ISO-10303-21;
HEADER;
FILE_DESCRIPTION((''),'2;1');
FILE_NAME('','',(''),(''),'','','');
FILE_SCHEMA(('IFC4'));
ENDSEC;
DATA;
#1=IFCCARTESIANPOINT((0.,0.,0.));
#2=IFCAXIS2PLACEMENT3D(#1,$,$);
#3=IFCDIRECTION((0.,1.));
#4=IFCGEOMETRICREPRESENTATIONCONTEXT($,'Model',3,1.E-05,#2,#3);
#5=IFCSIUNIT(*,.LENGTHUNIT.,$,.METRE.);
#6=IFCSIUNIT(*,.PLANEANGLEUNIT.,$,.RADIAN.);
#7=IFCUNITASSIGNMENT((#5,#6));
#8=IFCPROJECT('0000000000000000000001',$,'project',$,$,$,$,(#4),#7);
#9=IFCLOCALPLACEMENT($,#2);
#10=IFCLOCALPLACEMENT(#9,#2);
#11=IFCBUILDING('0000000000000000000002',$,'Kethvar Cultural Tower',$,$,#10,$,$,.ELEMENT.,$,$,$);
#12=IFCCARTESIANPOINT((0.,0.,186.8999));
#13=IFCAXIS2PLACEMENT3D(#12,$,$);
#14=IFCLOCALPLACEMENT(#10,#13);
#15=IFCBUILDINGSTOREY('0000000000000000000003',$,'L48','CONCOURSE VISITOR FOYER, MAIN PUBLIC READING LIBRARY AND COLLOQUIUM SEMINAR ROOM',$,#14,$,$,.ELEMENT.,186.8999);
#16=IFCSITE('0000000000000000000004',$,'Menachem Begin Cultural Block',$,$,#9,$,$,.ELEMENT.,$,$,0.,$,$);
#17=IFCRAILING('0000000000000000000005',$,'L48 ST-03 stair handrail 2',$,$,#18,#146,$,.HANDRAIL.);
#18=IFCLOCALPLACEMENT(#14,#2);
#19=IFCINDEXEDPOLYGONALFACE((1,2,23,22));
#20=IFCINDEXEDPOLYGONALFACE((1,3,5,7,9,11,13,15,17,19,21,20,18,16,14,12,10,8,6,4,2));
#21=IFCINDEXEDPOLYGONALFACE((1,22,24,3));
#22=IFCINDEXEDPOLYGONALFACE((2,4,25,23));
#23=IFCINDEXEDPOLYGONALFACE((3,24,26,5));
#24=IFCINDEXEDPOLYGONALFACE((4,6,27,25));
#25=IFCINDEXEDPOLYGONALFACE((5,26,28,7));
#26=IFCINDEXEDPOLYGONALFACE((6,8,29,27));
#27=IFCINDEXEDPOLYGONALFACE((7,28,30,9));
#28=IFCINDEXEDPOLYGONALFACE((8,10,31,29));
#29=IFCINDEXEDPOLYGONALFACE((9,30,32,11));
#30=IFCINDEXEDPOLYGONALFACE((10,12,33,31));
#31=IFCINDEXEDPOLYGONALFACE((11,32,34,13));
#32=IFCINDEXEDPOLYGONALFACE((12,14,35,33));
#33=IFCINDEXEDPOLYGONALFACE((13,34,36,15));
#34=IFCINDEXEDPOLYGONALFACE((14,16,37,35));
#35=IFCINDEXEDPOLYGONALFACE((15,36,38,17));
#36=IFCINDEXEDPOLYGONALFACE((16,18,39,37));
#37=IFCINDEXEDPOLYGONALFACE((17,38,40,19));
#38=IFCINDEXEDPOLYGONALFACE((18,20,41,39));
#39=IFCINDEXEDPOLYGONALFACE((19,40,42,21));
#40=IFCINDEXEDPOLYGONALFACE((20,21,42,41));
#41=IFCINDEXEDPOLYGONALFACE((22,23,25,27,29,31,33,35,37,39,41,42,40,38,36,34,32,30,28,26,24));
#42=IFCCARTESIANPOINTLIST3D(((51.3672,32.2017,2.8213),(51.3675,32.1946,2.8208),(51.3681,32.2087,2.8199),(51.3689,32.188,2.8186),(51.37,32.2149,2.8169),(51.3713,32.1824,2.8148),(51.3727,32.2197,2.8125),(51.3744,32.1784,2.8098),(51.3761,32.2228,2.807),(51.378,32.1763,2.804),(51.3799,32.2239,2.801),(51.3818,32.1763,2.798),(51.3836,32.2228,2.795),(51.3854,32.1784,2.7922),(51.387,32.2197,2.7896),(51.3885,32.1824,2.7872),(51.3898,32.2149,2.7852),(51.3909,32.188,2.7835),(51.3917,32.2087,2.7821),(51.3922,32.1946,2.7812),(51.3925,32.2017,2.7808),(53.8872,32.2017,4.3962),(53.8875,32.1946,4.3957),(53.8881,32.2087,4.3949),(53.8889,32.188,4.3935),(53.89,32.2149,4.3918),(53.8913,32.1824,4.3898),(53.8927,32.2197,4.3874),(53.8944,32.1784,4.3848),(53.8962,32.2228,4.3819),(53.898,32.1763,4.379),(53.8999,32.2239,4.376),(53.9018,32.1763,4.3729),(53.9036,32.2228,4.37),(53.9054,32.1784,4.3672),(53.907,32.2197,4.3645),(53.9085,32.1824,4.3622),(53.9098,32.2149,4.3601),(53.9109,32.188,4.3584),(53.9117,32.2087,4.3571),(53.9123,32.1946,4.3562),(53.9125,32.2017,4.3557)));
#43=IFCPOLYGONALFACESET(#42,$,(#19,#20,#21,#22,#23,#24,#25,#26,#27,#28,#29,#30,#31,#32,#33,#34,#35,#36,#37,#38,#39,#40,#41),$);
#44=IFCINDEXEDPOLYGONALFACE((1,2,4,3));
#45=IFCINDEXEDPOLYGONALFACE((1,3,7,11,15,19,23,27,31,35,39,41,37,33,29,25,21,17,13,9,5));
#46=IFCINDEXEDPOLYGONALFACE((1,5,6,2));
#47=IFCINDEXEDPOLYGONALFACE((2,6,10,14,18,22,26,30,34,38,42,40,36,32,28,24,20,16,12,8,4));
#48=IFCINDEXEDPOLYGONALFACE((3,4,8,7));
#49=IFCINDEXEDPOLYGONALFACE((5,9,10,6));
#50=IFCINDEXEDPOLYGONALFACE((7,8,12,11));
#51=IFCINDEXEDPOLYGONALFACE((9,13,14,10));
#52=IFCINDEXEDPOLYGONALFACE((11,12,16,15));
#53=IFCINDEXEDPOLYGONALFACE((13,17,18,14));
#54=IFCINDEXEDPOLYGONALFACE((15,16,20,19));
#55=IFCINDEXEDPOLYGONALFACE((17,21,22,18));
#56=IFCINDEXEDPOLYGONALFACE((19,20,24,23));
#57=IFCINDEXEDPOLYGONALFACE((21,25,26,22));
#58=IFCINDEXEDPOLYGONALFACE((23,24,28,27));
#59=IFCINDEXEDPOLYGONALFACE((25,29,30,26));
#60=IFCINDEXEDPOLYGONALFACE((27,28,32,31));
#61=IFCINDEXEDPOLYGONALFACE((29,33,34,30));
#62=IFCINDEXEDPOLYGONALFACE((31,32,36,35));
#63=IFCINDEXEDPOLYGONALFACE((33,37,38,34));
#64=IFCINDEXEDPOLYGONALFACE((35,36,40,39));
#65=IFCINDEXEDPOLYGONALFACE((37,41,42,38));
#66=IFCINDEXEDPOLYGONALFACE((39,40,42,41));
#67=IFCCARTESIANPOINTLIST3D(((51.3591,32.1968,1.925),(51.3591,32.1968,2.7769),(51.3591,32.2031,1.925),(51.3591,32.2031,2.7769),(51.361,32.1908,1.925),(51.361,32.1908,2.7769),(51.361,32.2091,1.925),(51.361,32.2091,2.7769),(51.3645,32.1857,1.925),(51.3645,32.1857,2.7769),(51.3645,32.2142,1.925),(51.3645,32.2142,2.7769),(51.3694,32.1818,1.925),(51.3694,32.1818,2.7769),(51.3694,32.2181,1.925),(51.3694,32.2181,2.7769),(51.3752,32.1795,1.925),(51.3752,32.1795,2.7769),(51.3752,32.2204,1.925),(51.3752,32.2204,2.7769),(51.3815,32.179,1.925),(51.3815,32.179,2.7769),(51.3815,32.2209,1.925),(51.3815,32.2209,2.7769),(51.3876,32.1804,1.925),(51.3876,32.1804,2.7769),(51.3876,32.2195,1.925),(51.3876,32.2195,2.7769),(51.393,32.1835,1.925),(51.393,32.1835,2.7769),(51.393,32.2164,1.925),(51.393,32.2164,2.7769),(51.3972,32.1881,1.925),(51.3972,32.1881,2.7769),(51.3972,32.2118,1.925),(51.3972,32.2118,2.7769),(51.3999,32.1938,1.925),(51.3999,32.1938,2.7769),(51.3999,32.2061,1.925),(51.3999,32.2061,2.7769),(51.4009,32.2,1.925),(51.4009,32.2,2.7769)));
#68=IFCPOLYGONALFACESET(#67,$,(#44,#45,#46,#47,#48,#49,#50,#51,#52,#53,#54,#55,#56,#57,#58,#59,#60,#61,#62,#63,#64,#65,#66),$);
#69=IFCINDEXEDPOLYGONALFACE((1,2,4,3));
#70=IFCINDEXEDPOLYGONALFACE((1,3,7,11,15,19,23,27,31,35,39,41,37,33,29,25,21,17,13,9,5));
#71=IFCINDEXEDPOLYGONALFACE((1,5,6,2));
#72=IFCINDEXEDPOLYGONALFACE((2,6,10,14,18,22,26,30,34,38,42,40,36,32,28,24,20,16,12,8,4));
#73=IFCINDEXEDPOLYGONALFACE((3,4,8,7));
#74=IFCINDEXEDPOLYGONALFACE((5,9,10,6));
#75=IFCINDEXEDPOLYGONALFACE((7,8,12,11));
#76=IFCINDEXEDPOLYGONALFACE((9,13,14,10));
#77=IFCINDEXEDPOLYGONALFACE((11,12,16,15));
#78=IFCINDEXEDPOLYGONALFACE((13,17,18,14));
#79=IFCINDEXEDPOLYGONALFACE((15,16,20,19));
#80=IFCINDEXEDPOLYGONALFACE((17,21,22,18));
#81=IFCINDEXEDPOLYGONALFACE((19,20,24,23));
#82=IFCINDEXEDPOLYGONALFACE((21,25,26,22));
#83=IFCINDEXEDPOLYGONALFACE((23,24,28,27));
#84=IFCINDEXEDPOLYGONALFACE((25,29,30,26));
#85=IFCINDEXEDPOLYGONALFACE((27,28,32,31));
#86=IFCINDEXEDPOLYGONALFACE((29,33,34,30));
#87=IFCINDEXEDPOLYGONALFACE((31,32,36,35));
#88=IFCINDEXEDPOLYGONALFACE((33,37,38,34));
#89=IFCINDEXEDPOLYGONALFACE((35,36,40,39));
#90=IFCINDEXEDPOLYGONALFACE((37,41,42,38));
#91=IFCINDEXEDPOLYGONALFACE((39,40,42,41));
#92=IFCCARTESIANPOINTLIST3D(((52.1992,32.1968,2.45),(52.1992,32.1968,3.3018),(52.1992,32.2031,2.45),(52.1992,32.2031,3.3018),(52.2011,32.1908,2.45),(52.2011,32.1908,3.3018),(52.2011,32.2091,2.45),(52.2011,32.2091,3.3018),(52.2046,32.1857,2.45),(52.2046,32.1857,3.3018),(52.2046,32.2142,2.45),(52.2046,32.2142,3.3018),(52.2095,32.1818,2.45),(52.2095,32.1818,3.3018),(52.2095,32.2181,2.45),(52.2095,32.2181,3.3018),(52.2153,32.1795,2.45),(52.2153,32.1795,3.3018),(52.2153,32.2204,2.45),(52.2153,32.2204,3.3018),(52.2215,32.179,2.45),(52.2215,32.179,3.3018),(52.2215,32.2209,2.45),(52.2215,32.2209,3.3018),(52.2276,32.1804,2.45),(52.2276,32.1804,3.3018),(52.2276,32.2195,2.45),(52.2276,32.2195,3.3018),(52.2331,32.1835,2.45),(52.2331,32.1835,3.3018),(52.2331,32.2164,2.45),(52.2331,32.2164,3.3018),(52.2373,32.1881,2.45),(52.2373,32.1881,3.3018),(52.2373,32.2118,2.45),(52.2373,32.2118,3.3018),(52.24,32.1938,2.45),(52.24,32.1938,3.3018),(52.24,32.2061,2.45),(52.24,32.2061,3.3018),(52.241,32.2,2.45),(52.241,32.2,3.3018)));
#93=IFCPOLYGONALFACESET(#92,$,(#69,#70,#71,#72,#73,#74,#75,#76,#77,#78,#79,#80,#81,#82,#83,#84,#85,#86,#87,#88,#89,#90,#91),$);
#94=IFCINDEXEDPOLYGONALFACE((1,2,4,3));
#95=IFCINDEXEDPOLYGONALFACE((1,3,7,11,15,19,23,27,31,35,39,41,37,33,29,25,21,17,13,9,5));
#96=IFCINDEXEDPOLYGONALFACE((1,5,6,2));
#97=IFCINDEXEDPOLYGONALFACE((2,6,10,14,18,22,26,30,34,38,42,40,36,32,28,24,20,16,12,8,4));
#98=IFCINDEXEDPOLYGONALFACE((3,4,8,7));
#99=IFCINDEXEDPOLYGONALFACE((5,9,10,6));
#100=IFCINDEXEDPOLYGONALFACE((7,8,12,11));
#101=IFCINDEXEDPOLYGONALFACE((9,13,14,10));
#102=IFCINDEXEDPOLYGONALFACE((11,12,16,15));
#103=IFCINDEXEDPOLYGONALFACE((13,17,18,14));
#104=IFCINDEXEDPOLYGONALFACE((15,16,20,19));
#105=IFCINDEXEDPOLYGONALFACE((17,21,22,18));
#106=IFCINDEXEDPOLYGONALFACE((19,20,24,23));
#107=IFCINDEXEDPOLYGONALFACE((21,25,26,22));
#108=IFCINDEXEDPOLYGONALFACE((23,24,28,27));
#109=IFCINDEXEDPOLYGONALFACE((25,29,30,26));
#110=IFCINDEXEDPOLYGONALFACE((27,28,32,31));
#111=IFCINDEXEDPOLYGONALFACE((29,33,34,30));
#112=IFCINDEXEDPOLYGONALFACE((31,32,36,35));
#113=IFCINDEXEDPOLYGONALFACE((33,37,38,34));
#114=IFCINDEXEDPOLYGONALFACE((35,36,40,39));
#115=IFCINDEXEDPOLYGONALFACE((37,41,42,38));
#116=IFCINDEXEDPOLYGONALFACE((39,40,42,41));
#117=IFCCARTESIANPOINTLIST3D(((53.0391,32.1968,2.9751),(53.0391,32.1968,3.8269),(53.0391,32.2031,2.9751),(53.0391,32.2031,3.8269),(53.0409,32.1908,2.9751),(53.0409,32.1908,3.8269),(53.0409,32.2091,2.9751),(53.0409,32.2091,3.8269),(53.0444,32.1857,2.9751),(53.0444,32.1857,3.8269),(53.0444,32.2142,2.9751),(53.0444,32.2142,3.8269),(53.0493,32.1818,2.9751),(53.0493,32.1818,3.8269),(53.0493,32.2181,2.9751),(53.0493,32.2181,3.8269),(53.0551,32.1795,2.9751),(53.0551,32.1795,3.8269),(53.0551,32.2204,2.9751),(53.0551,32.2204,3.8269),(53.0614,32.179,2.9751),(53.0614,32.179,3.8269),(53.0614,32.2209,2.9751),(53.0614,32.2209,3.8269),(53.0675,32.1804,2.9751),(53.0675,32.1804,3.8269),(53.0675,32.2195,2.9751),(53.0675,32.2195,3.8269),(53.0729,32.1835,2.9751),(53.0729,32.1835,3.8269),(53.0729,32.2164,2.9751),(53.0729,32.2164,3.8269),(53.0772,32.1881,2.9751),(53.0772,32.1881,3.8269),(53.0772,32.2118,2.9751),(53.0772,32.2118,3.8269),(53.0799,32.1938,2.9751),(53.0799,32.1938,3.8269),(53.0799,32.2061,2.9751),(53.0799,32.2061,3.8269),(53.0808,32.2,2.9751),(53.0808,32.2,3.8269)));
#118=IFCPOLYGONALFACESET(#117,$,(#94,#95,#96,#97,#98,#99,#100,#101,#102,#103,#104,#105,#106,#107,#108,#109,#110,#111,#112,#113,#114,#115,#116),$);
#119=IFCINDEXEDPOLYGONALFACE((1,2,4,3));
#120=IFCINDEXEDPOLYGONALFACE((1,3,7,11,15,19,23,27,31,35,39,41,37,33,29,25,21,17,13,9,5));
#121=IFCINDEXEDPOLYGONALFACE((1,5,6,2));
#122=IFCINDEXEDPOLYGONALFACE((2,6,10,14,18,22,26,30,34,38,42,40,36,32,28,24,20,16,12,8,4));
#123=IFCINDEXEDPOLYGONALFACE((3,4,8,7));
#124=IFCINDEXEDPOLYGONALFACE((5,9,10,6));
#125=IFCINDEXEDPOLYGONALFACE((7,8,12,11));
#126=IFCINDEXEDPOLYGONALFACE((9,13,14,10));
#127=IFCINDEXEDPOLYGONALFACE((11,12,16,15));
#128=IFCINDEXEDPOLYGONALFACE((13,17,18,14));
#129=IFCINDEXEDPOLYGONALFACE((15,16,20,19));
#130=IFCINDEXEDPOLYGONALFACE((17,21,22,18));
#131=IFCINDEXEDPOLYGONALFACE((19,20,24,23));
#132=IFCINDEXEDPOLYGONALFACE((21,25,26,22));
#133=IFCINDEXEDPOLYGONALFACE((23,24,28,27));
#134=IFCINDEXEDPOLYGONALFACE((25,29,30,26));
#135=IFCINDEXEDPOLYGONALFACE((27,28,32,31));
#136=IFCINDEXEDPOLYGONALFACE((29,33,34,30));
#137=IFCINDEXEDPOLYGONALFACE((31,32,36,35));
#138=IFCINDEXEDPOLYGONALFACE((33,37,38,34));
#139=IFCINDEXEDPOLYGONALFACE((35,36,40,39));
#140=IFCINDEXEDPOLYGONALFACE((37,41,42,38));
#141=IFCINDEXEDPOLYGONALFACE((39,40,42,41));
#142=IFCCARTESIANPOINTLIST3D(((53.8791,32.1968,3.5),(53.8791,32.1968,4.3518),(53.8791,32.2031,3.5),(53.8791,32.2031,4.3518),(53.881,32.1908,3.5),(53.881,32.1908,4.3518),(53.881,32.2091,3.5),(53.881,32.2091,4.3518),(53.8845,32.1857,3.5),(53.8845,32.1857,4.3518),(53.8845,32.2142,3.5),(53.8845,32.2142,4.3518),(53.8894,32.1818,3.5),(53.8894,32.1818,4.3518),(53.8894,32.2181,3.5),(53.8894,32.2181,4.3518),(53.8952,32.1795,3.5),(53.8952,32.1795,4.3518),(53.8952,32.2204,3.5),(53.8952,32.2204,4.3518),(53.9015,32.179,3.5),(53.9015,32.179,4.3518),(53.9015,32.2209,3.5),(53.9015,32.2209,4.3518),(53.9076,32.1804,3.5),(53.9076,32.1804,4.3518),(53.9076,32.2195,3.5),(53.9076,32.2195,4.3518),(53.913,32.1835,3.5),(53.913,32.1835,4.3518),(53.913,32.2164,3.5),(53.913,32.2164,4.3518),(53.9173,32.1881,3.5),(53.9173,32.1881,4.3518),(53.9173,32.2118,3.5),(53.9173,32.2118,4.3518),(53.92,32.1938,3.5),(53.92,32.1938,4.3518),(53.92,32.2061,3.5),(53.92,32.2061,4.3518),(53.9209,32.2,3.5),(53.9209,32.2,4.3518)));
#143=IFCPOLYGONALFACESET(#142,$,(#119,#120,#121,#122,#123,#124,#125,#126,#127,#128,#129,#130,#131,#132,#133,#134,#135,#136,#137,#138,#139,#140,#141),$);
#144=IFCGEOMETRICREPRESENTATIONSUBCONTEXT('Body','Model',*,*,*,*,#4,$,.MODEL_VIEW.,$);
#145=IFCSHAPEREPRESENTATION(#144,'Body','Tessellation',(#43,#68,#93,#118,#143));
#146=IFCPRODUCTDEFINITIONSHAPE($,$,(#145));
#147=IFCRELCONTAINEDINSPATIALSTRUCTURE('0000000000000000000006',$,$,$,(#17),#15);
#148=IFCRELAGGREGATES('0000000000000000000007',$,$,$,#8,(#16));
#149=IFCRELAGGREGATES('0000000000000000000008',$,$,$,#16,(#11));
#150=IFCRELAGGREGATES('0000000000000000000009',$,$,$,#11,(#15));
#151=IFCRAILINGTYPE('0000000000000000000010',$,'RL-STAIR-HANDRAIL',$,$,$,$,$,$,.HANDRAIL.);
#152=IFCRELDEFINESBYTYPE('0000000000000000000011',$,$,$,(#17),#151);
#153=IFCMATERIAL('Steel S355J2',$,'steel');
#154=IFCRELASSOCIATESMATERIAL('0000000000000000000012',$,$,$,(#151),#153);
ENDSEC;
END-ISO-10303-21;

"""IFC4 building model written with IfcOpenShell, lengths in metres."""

from ifc_helpers import new_model, si_unit, direction, frame, origin, origin_2d, place, context, subcontext, project, spatial, circle, extrude, material, type_object, element, save


model = new_model("IFC4")

# Units and contexts
model_context = context("Model", 3, precision=1e-05, world=origin(), true_north=direction((0.0, 1.0)))
body_context = subcontext(model_context, "Body", "Model", "MODEL_VIEW")
ifc_project = project(units=[si_unit("LENGTHUNIT", "METRE"), si_unit("PLANEANGLEUNIT", "RADIAN")], contexts=[model_context])

# Site, building, storey
site_placement = place(None, origin())
site = spatial("IfcSite", under=ifc_project, at=site_placement, Name="Menachem Begin Cultural Block", CompositionType="ELEMENT", RefElevation=0.0)
building_placement = place(site_placement, origin())
building = spatial("IfcBuilding", under=site, at=building_placement, Name="Kethvar Cultural Tower", CompositionType="ELEMENT")
storey_placement = place(building_placement, frame((0.0, 0.0, 186.8999)))
storey = spatial("IfcBuildingStorey", under=building, at=storey_placement, Name="L48", Description="CONCOURSE VISITOR FOYER, MAIN PUBLIC READING LIBRARY AND COLLOQUIUM SEMINAR ROOM", CompositionType="ELEMENT", Elevation=186.8999)

# Shared definitions
ifc_material_1 = material(Name="Steel S355J2", Category="steel")

# Railing
railing_type_1 = type_object("IfcRailingType", Name="RL-STAIR-HANDRAIL", PredefinedType="HANDRAIL", material=ifc_material_1)
railing_1_placement = place(storey_placement, frame((51.3799, 32.2, 1.925)))
element("IfcRailing", 1, at=railing_1_placement, inside=storey, type_object=railing_type_1, Name="L48 ST-03 stair handrail 2", PredefinedType="HANDRAIL", context=body_context, shape_type="SweptSolid", body=[
    extrude(circle(Radius=0.0239, at=origin_2d()), frame((0.0, 0.0, 0.876), z_axis=(0.848008, 0.0, 0.529984), x_axis=(0.0, 1.0, 0.0)), (0.0, 0.0, 1.0), 2.9717),
    extrude(circle(Radius=0.021, at=origin_2d()), origin(), (0.0, 0.0, 1.0), 0.8518),
    extrude(circle(Radius=0.021, at=origin_2d()), frame((0.8401, 0.0, 0.5249)), (0.0, 0.0, 1.0), 0.8518),
    extrude(circle(Radius=0.021, at=origin_2d()), frame((1.6799, 0.0, 1.05)), (0.0, 0.0, 1.0), 0.8518),
    extrude(circle(Radius=0.021, at=origin_2d()), frame((2.52, 0.0, 1.575)), (0.0, 0.0, 1.0), 0.8518),
])

save(model, "model.ifc")
